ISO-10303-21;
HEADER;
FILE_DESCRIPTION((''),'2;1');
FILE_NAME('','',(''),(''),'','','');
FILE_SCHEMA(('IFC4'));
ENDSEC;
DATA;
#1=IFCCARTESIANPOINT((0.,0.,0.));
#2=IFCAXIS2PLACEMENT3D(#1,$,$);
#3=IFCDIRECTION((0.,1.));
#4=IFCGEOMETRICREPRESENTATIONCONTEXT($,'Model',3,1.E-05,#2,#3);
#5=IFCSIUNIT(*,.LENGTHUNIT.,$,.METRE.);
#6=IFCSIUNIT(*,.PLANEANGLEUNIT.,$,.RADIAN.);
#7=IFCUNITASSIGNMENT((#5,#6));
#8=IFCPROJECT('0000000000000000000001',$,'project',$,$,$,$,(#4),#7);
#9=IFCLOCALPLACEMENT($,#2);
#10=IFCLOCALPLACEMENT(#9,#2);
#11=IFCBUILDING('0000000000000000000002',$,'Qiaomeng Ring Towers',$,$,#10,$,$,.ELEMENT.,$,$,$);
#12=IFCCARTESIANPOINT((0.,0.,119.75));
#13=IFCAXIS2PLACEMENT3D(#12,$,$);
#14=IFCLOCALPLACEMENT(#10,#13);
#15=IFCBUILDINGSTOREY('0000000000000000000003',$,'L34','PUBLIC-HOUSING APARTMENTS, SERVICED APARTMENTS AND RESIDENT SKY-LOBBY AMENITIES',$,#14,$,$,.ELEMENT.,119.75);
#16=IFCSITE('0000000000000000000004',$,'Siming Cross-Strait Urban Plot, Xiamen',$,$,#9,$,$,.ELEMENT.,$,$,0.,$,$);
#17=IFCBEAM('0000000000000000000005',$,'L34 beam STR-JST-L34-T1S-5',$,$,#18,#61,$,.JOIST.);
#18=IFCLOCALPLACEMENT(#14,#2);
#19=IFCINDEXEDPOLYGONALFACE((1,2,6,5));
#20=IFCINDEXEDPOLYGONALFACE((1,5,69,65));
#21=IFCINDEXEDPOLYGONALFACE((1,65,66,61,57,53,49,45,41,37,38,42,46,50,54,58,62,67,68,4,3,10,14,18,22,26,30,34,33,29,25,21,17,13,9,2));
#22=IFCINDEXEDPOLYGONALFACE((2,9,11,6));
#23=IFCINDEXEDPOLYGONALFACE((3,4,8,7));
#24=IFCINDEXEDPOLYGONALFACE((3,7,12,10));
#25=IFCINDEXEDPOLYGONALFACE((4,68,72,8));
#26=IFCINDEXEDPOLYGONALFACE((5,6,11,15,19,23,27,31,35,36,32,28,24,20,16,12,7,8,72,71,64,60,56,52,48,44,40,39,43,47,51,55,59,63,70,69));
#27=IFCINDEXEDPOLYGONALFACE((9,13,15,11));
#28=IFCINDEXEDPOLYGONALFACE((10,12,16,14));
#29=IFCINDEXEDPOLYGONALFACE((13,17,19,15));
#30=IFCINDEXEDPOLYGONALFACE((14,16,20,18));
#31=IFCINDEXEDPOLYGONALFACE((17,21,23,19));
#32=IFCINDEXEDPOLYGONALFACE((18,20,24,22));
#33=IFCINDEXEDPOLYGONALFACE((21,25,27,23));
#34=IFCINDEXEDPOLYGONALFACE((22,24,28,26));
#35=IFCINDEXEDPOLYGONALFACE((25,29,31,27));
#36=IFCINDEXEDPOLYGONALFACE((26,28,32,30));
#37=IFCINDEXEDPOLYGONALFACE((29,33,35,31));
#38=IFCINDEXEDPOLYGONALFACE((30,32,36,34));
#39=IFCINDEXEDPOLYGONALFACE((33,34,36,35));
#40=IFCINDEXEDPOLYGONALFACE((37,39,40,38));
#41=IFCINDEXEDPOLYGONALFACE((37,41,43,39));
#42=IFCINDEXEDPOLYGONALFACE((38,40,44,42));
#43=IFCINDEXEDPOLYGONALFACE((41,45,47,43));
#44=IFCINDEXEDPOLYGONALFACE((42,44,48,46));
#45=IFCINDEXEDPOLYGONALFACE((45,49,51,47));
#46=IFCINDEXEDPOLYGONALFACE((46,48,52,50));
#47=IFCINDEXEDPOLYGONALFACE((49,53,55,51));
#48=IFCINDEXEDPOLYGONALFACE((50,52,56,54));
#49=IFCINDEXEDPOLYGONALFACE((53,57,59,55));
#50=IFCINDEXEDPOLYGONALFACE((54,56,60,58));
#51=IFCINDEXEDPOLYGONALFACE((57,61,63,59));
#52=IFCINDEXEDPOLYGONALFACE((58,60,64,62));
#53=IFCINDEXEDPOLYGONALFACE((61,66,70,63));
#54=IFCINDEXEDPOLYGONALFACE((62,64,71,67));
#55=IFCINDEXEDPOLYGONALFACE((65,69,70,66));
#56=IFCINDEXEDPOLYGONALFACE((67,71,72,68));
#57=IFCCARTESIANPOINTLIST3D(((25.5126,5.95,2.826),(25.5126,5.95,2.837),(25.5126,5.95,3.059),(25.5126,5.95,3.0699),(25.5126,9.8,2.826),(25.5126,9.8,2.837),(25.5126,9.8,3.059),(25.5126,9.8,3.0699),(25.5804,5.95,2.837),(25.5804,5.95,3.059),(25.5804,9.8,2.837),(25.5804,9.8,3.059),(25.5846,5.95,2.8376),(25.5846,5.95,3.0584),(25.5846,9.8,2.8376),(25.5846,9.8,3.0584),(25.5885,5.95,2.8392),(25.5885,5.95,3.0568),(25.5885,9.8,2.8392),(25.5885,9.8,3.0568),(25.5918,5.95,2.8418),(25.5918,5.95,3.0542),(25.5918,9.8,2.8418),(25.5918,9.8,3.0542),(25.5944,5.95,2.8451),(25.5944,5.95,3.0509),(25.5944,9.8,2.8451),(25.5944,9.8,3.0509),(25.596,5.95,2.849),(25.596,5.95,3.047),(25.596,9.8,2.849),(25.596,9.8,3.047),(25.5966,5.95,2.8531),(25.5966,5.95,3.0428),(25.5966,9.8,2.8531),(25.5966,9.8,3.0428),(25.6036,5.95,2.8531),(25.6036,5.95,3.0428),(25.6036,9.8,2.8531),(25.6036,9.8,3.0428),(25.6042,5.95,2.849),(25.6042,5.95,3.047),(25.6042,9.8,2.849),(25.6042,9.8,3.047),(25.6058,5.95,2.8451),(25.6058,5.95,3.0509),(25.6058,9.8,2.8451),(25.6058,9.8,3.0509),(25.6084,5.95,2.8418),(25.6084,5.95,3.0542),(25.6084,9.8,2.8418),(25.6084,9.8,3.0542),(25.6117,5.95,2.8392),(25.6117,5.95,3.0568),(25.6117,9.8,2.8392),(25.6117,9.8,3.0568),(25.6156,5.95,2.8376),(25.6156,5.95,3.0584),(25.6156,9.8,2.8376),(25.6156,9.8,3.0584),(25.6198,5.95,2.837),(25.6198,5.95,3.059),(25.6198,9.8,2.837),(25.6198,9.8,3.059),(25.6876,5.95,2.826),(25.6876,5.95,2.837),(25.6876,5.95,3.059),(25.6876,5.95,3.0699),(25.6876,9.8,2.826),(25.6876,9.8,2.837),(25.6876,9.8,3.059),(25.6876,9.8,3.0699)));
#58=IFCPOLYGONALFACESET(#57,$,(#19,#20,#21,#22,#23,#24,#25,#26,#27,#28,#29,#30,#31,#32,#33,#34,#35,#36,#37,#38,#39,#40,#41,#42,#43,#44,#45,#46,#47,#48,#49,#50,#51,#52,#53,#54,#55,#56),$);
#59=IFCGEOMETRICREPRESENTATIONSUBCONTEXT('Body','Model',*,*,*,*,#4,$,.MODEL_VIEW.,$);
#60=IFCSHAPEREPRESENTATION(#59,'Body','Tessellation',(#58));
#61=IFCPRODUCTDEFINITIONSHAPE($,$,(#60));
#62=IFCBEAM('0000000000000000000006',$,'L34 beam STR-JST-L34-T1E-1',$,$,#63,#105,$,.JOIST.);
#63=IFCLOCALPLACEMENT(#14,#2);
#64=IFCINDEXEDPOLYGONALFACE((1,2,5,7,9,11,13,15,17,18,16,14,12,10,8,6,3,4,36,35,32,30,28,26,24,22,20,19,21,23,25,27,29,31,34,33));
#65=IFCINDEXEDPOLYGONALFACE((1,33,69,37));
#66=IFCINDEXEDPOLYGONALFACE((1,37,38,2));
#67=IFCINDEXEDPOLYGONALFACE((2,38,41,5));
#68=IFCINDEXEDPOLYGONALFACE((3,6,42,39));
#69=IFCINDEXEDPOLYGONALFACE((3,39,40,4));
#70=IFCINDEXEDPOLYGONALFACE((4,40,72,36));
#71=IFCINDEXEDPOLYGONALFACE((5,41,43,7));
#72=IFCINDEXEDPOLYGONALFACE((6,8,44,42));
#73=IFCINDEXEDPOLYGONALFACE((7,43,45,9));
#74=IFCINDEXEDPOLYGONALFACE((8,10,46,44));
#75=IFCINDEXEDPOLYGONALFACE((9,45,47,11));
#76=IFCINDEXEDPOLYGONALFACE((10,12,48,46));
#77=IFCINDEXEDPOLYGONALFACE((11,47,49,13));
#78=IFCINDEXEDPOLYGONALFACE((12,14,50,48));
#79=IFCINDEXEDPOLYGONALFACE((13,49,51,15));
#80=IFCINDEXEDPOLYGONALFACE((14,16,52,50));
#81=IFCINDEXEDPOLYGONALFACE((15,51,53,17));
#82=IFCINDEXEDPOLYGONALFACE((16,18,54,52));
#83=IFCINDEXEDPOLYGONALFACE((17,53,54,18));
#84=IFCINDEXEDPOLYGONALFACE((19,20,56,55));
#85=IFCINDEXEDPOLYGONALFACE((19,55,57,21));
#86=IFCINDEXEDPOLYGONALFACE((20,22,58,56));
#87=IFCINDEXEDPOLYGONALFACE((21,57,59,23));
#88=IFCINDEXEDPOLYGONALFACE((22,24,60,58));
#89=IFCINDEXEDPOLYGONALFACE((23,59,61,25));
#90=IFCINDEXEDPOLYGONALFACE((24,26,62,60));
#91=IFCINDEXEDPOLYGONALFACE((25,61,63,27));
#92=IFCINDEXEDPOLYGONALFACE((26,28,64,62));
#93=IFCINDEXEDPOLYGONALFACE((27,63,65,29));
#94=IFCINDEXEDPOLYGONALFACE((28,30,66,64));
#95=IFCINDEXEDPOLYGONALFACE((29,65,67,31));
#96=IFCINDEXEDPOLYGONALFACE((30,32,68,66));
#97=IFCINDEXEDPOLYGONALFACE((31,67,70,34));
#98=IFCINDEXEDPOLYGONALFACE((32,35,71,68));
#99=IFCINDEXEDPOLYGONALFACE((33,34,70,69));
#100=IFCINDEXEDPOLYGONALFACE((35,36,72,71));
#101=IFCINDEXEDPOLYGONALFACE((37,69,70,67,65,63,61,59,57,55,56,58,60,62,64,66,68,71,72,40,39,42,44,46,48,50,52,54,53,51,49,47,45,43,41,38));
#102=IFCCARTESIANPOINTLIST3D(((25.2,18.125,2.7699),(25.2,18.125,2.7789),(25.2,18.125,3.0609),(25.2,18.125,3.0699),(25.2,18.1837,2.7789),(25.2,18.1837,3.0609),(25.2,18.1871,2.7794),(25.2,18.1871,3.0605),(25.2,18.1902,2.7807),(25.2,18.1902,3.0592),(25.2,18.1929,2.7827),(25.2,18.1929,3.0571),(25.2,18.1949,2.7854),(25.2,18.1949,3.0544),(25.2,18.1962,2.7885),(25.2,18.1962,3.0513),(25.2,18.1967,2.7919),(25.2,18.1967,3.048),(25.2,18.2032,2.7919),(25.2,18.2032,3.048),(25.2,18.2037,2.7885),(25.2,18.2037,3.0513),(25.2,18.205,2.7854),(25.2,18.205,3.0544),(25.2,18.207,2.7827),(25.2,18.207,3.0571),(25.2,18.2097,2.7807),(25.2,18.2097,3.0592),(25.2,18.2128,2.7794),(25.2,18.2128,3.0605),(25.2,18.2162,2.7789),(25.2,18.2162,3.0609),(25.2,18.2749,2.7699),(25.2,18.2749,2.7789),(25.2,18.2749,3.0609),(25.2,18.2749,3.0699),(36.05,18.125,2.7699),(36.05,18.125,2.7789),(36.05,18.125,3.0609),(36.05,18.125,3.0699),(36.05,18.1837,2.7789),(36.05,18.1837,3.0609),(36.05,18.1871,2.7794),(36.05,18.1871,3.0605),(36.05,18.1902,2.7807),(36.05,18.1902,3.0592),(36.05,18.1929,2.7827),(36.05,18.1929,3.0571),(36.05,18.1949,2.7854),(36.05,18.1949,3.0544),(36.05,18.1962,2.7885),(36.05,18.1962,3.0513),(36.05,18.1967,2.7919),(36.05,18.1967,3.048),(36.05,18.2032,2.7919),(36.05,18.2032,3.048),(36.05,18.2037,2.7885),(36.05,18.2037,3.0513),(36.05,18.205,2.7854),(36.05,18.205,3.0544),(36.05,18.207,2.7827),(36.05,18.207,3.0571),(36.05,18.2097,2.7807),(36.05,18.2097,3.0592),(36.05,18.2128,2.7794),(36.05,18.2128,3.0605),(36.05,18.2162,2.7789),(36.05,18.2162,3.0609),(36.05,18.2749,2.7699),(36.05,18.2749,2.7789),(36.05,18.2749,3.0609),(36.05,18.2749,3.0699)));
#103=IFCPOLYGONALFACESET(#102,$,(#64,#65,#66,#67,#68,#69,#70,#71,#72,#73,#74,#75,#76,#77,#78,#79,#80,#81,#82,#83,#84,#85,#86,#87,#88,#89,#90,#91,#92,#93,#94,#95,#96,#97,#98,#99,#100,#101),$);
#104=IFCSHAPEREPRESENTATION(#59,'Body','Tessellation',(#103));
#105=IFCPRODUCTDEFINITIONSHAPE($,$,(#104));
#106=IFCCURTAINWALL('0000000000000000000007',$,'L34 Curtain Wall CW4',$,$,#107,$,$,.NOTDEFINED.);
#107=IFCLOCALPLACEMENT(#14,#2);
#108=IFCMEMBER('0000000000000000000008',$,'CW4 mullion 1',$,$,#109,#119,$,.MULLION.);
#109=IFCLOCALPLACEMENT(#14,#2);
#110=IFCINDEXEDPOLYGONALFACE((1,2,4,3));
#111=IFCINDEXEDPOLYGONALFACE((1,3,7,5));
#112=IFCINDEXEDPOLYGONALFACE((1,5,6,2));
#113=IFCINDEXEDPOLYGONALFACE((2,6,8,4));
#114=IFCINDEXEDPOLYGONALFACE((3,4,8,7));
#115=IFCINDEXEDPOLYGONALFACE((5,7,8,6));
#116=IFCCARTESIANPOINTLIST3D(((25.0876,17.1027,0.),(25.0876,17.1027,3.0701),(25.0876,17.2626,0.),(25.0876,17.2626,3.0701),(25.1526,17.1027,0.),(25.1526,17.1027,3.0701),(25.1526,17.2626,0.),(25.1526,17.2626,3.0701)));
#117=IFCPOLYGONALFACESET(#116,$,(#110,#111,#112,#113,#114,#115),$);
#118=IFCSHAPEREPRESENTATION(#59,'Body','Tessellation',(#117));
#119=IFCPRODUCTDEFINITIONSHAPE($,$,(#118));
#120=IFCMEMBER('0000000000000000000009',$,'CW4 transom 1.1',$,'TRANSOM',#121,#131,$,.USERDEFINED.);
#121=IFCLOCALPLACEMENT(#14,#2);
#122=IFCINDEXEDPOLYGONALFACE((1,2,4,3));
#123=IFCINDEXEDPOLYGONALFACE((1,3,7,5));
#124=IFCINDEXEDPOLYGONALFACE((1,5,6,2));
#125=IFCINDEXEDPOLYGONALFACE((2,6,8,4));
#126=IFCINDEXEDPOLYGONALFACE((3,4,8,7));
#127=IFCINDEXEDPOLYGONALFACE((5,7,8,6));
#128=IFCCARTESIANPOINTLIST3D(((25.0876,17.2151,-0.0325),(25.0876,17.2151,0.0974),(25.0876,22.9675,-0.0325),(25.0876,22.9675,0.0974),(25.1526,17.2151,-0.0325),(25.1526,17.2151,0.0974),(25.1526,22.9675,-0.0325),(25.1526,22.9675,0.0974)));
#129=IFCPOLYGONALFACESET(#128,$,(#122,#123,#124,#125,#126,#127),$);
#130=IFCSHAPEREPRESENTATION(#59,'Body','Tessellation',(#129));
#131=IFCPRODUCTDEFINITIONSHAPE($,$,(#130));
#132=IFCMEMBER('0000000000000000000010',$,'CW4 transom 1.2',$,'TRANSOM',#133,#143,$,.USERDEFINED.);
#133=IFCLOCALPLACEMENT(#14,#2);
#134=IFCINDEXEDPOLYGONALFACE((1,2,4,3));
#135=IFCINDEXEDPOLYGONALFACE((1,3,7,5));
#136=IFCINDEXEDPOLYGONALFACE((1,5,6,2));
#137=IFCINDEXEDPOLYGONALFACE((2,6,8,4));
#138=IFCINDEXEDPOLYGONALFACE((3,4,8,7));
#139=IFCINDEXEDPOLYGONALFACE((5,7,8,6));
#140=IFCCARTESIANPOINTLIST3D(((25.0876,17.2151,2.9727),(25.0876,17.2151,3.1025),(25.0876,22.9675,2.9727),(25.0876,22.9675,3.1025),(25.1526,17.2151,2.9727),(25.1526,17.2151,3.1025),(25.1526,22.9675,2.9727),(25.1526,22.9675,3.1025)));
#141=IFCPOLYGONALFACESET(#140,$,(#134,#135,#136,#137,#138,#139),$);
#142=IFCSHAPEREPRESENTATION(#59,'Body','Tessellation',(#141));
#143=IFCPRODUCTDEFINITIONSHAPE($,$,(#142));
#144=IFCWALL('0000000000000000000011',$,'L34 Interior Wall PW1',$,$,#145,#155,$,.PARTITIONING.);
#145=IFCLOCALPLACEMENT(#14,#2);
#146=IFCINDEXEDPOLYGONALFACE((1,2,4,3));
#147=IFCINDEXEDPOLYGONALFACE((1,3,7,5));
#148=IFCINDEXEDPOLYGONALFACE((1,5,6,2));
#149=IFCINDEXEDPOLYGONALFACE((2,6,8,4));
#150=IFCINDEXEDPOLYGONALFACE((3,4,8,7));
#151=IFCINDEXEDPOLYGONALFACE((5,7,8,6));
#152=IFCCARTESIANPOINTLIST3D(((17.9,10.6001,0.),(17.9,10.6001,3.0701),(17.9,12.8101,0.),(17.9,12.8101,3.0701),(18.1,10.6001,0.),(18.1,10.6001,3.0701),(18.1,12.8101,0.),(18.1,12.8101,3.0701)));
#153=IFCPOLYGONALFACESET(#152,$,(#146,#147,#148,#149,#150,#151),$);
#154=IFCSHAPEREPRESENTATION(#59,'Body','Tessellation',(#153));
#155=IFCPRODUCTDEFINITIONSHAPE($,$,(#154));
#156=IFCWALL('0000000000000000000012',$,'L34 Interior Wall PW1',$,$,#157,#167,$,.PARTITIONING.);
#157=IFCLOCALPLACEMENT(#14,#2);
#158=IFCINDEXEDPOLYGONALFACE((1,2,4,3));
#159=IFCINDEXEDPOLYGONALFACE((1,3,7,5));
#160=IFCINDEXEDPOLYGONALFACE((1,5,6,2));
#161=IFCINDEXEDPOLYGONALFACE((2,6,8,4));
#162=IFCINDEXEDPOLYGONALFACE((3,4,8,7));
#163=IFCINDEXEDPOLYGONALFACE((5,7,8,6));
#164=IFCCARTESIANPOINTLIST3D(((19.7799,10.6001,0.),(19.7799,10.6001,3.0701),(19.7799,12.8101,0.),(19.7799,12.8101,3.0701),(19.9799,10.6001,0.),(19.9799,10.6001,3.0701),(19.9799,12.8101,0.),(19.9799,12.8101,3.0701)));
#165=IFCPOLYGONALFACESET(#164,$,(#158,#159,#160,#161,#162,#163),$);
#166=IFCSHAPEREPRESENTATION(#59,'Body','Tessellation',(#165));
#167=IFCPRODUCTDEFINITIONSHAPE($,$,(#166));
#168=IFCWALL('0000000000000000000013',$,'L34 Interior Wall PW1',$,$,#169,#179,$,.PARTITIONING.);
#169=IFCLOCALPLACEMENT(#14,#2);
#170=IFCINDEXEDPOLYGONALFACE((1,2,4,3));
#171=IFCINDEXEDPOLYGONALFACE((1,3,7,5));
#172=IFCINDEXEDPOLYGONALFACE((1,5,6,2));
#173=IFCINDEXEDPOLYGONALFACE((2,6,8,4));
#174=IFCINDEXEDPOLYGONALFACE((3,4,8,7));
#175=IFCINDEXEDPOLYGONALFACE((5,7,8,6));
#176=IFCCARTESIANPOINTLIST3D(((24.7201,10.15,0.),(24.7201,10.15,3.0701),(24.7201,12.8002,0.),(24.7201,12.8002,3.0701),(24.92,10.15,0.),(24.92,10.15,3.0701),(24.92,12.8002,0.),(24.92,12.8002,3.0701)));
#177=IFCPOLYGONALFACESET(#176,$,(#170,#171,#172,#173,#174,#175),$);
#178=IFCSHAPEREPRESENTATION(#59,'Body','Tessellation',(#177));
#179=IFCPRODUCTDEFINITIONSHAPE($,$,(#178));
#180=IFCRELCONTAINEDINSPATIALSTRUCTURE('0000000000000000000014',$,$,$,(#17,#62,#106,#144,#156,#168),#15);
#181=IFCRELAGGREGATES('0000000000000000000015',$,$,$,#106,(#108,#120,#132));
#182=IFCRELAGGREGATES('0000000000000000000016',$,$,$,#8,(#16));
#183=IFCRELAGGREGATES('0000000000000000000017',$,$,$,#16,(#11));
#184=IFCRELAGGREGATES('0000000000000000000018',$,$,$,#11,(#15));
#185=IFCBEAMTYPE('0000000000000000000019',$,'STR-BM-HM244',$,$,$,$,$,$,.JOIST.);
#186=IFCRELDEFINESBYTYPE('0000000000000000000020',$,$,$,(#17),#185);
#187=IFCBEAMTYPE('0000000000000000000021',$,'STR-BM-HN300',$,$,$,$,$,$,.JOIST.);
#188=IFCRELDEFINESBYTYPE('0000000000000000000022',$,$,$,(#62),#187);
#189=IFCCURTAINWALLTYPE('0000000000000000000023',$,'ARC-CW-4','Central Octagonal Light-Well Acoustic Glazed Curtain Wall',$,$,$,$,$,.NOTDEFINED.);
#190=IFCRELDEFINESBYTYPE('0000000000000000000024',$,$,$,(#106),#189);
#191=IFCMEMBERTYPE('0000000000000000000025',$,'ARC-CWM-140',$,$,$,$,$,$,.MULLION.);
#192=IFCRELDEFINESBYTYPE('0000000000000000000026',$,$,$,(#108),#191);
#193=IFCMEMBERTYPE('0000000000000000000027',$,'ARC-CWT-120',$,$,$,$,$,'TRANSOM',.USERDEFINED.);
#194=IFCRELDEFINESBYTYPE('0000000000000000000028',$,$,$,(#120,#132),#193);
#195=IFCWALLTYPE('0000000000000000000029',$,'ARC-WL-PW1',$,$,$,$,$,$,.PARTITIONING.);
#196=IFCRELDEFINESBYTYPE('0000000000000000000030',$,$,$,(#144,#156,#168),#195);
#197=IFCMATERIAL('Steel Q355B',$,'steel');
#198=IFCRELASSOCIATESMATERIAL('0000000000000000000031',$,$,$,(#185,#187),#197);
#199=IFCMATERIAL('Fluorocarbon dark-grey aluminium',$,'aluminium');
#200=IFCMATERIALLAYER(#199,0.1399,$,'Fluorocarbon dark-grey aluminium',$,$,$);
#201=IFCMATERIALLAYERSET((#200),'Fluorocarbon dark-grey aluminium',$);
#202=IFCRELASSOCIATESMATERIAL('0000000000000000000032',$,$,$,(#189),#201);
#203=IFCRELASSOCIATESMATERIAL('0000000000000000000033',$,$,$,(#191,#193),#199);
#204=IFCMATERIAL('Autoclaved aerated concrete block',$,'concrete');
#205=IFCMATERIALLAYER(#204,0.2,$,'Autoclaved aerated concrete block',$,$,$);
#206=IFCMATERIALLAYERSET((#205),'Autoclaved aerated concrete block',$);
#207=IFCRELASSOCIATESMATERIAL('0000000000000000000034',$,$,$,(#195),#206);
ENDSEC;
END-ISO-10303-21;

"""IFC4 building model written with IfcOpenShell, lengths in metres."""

from ifc_helpers import new_model, si_unit, direction, frame, frame_2d, origin, origin_2d, place, context, subcontext, project, spatial, rectangle, i_section, extrude, source, transform, mapped, material, layer, layer_set, material_profile, profile_set, type_object, element, aggregate, save


model = new_model("IFC4")

# Units and contexts
model_context = context("Model", 3, precision=1e-05, world=origin(), true_north=direction((0.0, 1.0)))
body_context = subcontext(model_context, "Body", "Model", "MODEL_VIEW")
ifc_project = project(units=[si_unit("LENGTHUNIT", "METRE"), si_unit("PLANEANGLEUNIT", "RADIAN")], contexts=[model_context])

# Site, building, storey
site_placement = place(None, origin())
site = spatial("IfcSite", under=ifc_project, at=site_placement, Name="Siming Cross-Strait Urban Plot, Xiamen", CompositionType="ELEMENT", RefElevation=0.0)
building_placement = place(site_placement, origin())
building = spatial("IfcBuilding", under=site, at=building_placement, Name="Qiaomeng Ring Towers", CompositionType="ELEMENT")
storey_placement = place(building_placement, frame((0.0, 0.0, 119.75)))
storey = spatial("IfcBuildingStorey", under=building, at=storey_placement, Name="L34", Description="PUBLIC-HOUSING APARTMENTS, SERVICED APARTMENTS AND RESIDENT SKY-LOBBY AMENITIES", CompositionType="ELEMENT", Elevation=119.75)

# Beams
ifc_material_1 = material(Name="Steel Q355B", Category="steel")
ifc_material_profile_1 = material_profile(ifc_material_1, i_section(OverallWidth=0.175, OverallDepth=0.2439, WebThickness=0.0071, FlangeThickness=0.011, FilletRadius=0.0161, at=origin_2d()), Name="HM 244x175x7x11")
ifc_profile_set_1 = profile_set([ifc_material_profile_1], Name="Steel Q355B")
beam_type_1 = type_object("IfcBeamType", Name="STR-BM-HM244", PredefinedType="JOIST", material=ifc_profile_set_1)
shared_shape_1 = source(origin(), body_context, "Body", "SweptSolid", [
    extrude(i_section(OverallWidth=0.175, OverallDepth=0.2439, WebThickness=0.0071, FlangeThickness=0.011, FilletRadius=0.0161, at=origin_2d()), origin(), (0.0, 0.0, 1.0), 3.8501),
])
for number, where, z_axis, x_axis, name in (
    (1, (25.6001, 5.95, 2.948), (0.0, 1.0, 0.0), (-1.0, 0.0, 0.0), "L34 beam STR-JST-L34-T1S-5"),
):
    element("IfcBeam", number, at=place(storey_placement, frame(where, z_axis=z_axis, x_axis=x_axis)), inside=storey, type_object=beam_type_1, Name=name, PredefinedType="JOIST", context=body_context, shape_type="MappedRepresentation", body=[
        mapped(shared_shape_1, transform((0.0, 0.0, 0.0), x_axis=(1.0, 0.0, 0.0), y_axis=(0.0, 1.0, 0.0), z_axis=(0.0, 0.0, 1.0), scale=1.0)),
    ])
ifc_material_profile_2 = material_profile(ifc_material_1, i_section(OverallWidth=0.1499, OverallDepth=0.3, WebThickness=0.0066, FlangeThickness=0.009, FilletRadius=0.0129, at=origin_2d()), Name="HN 300x150x6.5x9")
ifc_profile_set_2 = profile_set([ifc_material_profile_2], Name="Steel Q355B")
beam_type_2 = type_object("IfcBeamType", Name="STR-BM-HN300", PredefinedType="JOIST", material=ifc_profile_set_2)
shared_shape_2 = source(origin(), body_context, "Body", "SweptSolid", [
    extrude(i_section(OverallWidth=0.1499, OverallDepth=0.3, WebThickness=0.0066, FlangeThickness=0.009, FilletRadius=0.0129, at=origin_2d()), origin(), (0.0, 0.0, 1.0), 10.8501),
])
beam_1_placement = place(storey_placement, frame((25.2, 18.2, 2.9199), z_axis=(1.0, 0.0, 0.0), x_axis=(0.0, 1.0, 0.0)))
element("IfcBeam", 2, at=beam_1_placement, inside=storey, type_object=beam_type_2, Name="L34 beam STR-JST-L34-T1E-1", PredefinedType="JOIST", context=body_context, shape_type="MappedRepresentation", body=[
    mapped(shared_shape_2, transform((0.0, 0.0, 0.0), x_axis=(1.0, 0.0, 0.0), y_axis=(0.0, 1.0, 0.0), z_axis=(0.0, 0.0, 1.0), scale=1.0)),
])

# Curtain wall, members
ifc_material_2 = material(Name="Fluorocarbon dark-grey aluminium", Category="aluminium")
ifc_layer_1 = layer(ifc_material_2, 0.1399, Name="Fluorocarbon dark-grey aluminium")
ifc_layer_set_1 = layer_set([ifc_layer_1], Name="Fluorocarbon dark-grey aluminium")
curtain_wall_type = type_object("IfcCurtainWallType", Name="ARC-CW-4", Description="Central Octagonal Light-Well Acoustic Glazed Curtain Wall", PredefinedType="NOTDEFINED", material=ifc_layer_set_1)
curtain_wall_placement = place(storey_placement, origin())
curtain_wall = element("IfcCurtainWall", 3, at=curtain_wall_placement, inside=storey, type_object=curtain_wall_type, Name="L34 Curtain Wall CW4", PredefinedType="NOTDEFINED")
ifc_material_profile_3 = material_profile(ifc_material_2, rectangle(XDim=0.0649, YDim=0.1599, at=origin_2d()), Name="ALU MULL 65x160")
ifc_profile_set_3 = profile_set([ifc_material_profile_3], Name="Fluorocarbon dark-grey aluminium")
member_type_1 = type_object("IfcMemberType", Name="ARC-CWM-140", PredefinedType="MULLION", material=ifc_profile_set_3)
shared_shape_3 = source(origin(), body_context, "Body", "SweptSolid", [
    extrude(rectangle(XDim=0.0649, YDim=0.1599, at=origin_2d()), origin(), (0.0, 0.0, 1.0), 3.0701),
])
member_1_placement = place(storey_placement, frame((25.1201, 17.1826, 0.0), z_axis=(0.0, 0.0, 1.0), x_axis=(-1.0, 0.0, 0.0)))
member_1 = element("IfcMember", 4, at=member_1_placement, type_object=member_type_1, Name="CW4 mullion 1", PredefinedType="MULLION", context=body_context, shape_type="MappedRepresentation", body=[
    mapped(shared_shape_3, transform((0.0, 0.0, 0.0), x_axis=(1.0, 0.0, 0.0), y_axis=(0.0, 1.0, 0.0), z_axis=(0.0, 0.0, 1.0), scale=1.0)),
])
ifc_material_profile_4 = material_profile(ifc_material_2, rectangle(XDim=0.0649, YDim=0.1299, at=origin_2d()), Name="ALU TRAN 65x130")
ifc_profile_set_4 = profile_set([ifc_material_profile_4], Name="Fluorocarbon dark-grey aluminium")
member_type_2 = type_object("IfcMemberType", Name="ARC-CWT-120", ElementType="TRANSOM", PredefinedType="USERDEFINED", material=ifc_profile_set_4)
shared_shape_4 = source(origin(), body_context, "Body", "SweptSolid", [
    extrude(rectangle(XDim=0.0649, YDim=0.1299, at=origin_2d()), origin(), (0.0, 0.0, 1.0), 5.7524),
])
member_2_placement = place(storey_placement, frame((25.1201, 17.2151, 0.0325), z_axis=(0.0, 1.0, 0.0), x_axis=(-1.0, 0.0, 0.0)))
member_2 = element("IfcMember", 5, at=member_2_placement, type_object=member_type_2, Name="CW4 transom 1.1", ObjectType="TRANSOM", PredefinedType="USERDEFINED", context=body_context, shape_type="MappedRepresentation", body=[
    mapped(shared_shape_4, transform((0.0, 0.0, 0.0), x_axis=(1.0, 0.0, 0.0), y_axis=(0.0, 1.0, 0.0), z_axis=(0.0, 0.0, 1.0), scale=1.0)),
])
member_3_placement = place(storey_placement, frame((25.1201, 17.2151, 3.0376), z_axis=(0.0, 1.0, 0.0), x_axis=(-1.0, 0.0, 0.0)))
member_3 = element("IfcMember", 6, at=member_3_placement, type_object=member_type_2, Name="CW4 transom 1.2", ObjectType="TRANSOM", PredefinedType="USERDEFINED", context=body_context, shape_type="MappedRepresentation", body=[
    mapped(shared_shape_4, transform((0.0, 0.0, 0.0), x_axis=(1.0, 0.0, 0.0), y_axis=(0.0, 1.0, 0.0), z_axis=(0.0, 0.0, 1.0), scale=1.0)),
])
aggregate(curtain_wall, [member_1, member_2, member_3])

# Walls
ifc_material_3 = material(Name="Autoclaved aerated concrete block", Category="concrete")
ifc_layer_2 = layer(ifc_material_3, 0.2, Name="Autoclaved aerated concrete block")
ifc_layer_set_2 = layer_set([ifc_layer_2], Name="Autoclaved aerated concrete block")
wall_type_1 = type_object("IfcWallType", Name="ARC-WL-PW1", PredefinedType="PARTITIONING", material=ifc_layer_set_2)
for number, where, z_axis, x_axis, name in (
    (7, (18.0, 10.6001, 0.0), (0.0, 0.0, 1.0), (0.0, 1.0, 0.0), "L34 Interior Wall PW1"),
    (8, (19.8799, 10.6001, 0.0), (0.0, 0.0, 1.0), (0.0, 1.0, 0.0), "L34 Interior Wall PW1"),
):
    element("IfcWall", number, at=place(storey_placement, frame(where, z_axis=z_axis, x_axis=x_axis)), inside=storey, type_object=wall_type_1, Name=name, PredefinedType="PARTITIONING", context=body_context, shape_type="SweptSolid", body=[
        extrude(rectangle(XDim=2.21, YDim=0.2, at=frame_2d((1.105, 0.0))), origin(), (0.0, 0.0, 1.0), 3.0701),
    ])
wall_1_placement = place(storey_placement, frame((24.8201, 10.1499, 0.0), z_axis=(0.0, 0.0, 1.0), x_axis=(0.0, 1.0, 0.0)))
element("IfcWall", 9, at=wall_1_placement, inside=storey, type_object=wall_type_1, Name="L34 Interior Wall PW1", PredefinedType="PARTITIONING", context=body_context, shape_type="SweptSolid", body=[
    extrude(rectangle(XDim=2.6501, YDim=0.2, at=frame_2d((1.3252, 0.0))), origin(), (0.0, 0.0, 1.0), 3.0701),
])

save(model, "model.ifc")
